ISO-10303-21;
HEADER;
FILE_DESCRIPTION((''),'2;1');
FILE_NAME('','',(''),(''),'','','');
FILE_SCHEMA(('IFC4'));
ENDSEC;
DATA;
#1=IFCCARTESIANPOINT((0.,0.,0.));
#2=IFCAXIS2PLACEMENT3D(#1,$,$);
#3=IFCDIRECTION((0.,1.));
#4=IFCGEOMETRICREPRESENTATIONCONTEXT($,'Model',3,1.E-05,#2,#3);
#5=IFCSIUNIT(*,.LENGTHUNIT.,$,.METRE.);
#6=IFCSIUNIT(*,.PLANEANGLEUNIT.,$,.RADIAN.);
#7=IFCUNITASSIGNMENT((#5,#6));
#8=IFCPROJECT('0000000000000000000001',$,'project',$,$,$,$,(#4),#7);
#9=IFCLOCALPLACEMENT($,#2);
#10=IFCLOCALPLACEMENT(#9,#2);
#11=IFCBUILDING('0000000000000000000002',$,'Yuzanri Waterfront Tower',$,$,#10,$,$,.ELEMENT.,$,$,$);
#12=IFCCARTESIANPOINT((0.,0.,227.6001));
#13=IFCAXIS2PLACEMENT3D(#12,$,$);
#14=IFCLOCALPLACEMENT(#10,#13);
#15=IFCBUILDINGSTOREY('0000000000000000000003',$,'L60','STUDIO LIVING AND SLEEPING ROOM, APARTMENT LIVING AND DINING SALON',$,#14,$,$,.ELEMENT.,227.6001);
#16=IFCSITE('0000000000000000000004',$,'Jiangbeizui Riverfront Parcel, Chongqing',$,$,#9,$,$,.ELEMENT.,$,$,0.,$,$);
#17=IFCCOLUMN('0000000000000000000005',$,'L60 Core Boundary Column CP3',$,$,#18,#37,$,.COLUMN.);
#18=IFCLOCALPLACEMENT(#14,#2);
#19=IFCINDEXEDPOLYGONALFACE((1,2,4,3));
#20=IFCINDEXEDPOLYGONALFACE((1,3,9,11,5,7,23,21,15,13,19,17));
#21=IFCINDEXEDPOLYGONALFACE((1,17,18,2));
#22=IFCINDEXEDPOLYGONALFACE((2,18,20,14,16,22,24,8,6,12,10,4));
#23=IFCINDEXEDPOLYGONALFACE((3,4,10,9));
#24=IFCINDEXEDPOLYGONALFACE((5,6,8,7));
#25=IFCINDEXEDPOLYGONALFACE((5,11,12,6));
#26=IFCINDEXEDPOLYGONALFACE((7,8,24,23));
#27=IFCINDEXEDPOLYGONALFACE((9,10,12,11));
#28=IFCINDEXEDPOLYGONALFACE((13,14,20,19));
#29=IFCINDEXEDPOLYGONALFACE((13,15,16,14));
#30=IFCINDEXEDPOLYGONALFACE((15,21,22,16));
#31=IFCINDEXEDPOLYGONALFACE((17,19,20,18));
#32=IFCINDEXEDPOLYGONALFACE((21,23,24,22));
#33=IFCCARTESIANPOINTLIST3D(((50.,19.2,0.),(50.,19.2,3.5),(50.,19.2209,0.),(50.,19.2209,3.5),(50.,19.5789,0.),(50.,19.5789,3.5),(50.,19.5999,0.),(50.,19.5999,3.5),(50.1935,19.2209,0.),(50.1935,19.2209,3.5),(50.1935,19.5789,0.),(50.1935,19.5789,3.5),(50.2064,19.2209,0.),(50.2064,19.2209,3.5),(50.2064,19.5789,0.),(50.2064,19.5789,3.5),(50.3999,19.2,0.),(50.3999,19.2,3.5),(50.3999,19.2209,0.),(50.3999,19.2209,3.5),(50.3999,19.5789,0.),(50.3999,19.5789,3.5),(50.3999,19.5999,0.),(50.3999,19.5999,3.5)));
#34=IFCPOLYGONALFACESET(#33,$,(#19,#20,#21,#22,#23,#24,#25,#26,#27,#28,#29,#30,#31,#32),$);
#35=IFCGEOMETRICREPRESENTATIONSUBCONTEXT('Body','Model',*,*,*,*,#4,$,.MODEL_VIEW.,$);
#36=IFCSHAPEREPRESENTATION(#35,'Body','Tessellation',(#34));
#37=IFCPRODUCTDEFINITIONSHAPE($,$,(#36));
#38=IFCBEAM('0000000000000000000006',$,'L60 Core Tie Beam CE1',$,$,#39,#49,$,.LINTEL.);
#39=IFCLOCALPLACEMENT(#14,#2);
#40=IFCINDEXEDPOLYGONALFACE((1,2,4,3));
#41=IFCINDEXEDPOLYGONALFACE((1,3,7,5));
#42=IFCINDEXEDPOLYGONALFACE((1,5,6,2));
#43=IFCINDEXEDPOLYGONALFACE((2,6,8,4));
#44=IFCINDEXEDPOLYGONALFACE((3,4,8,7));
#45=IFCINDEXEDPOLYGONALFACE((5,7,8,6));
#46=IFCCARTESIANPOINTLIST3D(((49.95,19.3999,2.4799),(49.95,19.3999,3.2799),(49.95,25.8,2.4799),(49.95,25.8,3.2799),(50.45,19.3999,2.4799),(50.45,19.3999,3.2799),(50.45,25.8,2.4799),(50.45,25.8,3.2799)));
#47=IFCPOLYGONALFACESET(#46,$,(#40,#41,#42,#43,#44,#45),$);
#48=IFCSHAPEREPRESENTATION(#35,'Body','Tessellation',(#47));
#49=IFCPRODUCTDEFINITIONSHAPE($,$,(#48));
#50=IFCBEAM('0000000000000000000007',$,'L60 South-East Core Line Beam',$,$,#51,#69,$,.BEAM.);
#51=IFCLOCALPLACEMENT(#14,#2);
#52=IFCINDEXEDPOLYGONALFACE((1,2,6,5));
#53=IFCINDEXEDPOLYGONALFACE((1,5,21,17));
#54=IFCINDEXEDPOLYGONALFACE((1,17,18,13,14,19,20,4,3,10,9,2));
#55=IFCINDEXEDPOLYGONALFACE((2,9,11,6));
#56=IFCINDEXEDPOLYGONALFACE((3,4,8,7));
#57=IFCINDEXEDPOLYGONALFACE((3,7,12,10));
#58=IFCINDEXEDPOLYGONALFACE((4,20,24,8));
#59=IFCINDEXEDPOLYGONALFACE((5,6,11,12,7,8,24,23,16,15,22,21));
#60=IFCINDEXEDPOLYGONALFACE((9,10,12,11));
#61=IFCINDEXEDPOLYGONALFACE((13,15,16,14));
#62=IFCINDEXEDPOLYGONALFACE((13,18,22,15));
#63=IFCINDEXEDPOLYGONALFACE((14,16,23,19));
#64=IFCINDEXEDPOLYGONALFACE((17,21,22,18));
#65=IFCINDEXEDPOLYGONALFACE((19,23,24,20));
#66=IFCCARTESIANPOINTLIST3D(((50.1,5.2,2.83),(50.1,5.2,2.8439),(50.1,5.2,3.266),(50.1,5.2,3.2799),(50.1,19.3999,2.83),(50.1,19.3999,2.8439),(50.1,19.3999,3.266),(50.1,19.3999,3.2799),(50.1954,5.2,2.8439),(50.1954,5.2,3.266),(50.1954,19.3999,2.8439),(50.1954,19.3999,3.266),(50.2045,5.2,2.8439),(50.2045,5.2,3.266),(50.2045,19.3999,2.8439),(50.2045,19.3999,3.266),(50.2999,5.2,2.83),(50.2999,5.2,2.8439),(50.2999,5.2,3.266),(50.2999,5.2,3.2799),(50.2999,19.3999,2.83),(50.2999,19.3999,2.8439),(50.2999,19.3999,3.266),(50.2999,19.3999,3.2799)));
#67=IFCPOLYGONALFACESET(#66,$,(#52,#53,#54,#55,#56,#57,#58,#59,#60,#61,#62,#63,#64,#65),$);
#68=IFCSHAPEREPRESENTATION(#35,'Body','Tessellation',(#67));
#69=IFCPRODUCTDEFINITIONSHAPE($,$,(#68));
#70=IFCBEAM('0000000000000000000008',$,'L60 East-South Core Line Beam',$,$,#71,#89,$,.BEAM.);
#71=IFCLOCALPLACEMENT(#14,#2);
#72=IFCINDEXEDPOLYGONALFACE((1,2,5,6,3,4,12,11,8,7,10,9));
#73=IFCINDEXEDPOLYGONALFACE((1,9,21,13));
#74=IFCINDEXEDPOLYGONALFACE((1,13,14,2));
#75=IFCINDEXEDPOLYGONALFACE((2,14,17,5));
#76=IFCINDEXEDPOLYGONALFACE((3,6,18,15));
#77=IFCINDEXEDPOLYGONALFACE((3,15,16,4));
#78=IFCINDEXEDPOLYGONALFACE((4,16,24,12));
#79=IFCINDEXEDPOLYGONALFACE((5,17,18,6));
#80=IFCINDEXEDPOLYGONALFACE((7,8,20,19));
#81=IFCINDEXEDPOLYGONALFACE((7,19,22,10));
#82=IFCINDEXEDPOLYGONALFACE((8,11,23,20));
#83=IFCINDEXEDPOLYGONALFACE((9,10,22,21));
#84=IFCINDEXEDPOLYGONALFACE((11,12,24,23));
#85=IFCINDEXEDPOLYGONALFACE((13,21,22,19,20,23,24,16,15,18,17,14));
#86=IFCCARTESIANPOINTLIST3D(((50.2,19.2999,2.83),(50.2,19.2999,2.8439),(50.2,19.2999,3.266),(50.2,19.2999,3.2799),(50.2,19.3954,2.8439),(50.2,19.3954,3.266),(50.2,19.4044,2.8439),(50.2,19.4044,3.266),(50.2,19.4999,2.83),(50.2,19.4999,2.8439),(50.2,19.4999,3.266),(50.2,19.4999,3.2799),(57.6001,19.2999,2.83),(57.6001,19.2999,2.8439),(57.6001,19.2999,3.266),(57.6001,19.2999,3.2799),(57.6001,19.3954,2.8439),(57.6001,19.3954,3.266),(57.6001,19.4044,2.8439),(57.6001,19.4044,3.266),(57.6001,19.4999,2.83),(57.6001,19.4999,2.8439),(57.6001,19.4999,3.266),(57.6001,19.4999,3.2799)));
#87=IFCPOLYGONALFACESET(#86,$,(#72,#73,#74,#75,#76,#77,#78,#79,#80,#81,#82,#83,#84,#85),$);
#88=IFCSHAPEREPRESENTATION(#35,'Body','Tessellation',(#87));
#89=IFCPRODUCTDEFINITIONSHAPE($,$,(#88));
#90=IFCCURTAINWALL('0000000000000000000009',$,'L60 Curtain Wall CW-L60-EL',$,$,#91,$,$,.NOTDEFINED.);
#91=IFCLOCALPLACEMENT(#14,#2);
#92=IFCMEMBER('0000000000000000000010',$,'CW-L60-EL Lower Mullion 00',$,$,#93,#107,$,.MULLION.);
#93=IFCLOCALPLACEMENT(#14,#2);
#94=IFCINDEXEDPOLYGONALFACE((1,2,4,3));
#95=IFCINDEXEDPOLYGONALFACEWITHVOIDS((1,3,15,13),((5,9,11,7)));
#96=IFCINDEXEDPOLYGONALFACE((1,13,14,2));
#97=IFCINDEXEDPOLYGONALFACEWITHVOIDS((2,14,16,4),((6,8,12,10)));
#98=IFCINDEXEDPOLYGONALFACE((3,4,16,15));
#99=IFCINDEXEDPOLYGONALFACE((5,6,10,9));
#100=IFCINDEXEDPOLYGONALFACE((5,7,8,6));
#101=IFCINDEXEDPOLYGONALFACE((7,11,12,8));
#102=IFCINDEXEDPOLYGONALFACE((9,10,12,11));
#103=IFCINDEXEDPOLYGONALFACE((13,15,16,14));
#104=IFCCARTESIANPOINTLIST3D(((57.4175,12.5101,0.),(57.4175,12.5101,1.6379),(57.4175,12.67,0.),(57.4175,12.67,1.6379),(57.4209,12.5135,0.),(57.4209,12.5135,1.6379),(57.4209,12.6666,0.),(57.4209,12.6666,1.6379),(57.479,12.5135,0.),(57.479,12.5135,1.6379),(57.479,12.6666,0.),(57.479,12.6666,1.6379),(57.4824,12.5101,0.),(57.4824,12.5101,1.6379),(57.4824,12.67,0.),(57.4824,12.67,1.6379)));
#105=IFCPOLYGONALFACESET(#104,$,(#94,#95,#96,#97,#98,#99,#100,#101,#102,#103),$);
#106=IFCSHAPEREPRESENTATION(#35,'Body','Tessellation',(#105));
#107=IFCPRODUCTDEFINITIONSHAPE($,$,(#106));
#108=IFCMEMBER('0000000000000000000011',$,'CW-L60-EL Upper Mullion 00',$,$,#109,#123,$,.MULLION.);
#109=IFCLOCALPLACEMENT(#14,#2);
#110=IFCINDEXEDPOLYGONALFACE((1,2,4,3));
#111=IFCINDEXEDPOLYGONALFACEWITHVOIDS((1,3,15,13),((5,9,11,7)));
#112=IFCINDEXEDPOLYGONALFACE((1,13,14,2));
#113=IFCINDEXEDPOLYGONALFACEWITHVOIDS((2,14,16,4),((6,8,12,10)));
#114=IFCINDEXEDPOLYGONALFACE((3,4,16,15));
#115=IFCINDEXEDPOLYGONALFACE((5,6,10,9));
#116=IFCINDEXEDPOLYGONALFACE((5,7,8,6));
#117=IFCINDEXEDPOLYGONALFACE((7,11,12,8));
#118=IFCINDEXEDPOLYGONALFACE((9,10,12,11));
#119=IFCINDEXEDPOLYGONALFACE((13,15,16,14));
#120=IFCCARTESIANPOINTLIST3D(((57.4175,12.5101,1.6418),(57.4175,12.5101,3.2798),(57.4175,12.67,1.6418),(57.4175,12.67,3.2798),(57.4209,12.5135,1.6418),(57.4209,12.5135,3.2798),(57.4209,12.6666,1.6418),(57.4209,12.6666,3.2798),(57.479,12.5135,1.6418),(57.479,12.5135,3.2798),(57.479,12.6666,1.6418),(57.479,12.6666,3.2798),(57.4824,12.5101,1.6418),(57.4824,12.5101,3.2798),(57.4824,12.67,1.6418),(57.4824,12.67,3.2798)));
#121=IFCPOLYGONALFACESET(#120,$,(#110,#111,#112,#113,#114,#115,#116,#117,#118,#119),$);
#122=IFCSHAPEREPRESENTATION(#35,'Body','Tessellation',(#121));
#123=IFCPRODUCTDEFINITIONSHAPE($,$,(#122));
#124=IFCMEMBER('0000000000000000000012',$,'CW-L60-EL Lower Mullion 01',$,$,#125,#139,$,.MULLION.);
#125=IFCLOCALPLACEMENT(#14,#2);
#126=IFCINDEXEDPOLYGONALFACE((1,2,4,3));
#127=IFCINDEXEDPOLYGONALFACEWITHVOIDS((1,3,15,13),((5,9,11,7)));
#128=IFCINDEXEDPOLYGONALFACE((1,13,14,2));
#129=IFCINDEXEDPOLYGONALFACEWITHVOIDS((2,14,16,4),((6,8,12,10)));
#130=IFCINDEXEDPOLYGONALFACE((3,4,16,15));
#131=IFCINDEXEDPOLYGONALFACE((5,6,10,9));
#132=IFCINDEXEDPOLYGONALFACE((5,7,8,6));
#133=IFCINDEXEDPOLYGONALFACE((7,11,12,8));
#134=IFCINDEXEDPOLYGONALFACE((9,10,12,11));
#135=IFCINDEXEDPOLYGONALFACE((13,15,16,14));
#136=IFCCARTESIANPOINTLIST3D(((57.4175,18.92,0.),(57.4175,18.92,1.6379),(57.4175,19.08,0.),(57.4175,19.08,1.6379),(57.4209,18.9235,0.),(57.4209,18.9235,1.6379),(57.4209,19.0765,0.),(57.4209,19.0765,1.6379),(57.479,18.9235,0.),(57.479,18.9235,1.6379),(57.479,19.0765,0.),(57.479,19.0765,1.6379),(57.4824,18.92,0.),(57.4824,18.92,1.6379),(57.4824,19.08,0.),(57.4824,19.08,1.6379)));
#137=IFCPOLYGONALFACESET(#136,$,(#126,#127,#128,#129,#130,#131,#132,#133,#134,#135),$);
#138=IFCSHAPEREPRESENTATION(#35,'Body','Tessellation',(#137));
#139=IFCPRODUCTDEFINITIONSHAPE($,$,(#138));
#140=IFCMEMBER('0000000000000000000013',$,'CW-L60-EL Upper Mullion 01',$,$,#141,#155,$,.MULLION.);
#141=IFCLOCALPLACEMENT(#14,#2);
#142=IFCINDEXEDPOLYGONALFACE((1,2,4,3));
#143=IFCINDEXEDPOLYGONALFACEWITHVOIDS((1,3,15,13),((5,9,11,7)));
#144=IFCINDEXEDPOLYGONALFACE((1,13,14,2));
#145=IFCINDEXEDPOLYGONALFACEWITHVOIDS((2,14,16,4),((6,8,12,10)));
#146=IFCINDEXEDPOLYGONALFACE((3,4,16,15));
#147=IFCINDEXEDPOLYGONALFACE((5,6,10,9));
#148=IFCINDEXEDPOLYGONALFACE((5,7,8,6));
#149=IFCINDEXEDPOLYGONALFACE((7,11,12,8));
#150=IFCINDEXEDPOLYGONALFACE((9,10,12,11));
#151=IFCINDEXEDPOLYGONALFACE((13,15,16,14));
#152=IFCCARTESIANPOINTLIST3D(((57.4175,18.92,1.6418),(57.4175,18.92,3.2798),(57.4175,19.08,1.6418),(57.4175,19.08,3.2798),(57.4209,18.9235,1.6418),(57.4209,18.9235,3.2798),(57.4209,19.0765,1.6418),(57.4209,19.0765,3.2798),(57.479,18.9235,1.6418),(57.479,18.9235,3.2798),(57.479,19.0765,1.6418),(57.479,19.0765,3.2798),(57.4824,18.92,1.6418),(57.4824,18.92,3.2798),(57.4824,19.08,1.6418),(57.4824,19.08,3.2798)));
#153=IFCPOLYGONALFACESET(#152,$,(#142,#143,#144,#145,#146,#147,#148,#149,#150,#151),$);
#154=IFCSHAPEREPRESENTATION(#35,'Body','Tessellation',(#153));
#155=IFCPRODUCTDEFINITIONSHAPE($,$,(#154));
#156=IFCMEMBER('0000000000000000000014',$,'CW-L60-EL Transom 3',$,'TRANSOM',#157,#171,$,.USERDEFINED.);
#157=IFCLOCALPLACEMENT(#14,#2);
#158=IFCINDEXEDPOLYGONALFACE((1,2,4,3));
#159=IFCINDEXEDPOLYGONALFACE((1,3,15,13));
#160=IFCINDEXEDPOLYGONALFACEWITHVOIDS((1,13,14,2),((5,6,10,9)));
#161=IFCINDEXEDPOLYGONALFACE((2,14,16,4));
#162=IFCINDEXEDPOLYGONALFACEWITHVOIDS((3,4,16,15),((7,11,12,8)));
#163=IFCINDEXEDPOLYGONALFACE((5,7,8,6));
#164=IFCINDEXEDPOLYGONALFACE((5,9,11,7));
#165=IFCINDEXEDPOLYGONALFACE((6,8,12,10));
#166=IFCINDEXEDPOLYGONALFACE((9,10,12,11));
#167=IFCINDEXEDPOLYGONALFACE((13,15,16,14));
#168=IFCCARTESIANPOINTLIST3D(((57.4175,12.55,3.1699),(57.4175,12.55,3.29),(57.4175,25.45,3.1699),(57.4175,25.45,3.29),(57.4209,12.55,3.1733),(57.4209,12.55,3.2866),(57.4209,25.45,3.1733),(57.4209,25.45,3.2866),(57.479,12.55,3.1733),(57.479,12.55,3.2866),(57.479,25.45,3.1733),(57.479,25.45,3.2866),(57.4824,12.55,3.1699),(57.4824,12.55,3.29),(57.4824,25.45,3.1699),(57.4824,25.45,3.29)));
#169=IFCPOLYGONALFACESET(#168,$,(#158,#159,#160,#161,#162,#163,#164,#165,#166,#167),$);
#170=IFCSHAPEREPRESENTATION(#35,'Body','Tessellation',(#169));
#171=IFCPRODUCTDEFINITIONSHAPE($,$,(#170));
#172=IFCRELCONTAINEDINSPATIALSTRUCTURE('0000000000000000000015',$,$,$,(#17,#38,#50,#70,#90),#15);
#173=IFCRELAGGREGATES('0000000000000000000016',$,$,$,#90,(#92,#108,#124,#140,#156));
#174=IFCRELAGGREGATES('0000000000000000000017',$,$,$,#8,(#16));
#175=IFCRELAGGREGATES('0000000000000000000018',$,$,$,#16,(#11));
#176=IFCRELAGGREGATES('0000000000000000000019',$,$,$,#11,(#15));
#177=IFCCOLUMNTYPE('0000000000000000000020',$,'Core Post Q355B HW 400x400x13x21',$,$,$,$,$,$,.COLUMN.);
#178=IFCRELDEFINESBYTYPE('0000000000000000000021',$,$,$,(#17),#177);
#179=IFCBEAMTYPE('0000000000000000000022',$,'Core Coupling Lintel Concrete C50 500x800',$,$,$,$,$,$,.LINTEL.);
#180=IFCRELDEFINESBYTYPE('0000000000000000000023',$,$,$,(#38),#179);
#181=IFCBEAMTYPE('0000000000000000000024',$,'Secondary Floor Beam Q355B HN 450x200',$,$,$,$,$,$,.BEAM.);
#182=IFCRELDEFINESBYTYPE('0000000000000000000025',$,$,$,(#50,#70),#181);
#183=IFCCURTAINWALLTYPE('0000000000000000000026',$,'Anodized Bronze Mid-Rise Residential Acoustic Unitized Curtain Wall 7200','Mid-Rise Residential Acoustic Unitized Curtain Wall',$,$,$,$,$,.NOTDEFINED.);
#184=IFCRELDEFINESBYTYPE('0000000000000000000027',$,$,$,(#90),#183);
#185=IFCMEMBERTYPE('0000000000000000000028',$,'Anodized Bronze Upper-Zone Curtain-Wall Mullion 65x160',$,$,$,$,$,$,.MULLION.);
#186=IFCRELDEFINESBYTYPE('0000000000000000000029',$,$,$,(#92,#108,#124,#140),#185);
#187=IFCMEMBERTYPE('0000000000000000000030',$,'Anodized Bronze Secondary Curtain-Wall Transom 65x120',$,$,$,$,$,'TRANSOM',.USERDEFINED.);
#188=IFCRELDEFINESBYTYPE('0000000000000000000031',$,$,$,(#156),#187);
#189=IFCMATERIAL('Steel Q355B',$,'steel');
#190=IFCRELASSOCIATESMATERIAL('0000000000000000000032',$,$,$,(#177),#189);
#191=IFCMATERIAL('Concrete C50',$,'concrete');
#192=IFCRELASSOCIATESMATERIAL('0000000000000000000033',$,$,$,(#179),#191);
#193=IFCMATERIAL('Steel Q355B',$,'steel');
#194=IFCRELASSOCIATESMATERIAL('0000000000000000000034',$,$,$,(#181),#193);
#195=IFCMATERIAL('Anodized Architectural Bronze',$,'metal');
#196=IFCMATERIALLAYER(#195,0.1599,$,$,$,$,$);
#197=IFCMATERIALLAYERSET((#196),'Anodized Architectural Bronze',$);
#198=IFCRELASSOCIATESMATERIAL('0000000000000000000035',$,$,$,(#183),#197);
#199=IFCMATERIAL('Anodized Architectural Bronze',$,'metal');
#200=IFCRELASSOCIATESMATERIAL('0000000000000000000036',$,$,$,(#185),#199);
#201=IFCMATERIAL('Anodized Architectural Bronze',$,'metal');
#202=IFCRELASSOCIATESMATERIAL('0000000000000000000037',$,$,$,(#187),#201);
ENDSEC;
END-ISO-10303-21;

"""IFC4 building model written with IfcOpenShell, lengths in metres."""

from ifc_helpers import new_model, si_unit, direction, frame, origin, origin_2d, place, context, subcontext, project, spatial, rectangle, hollow_rectangle, i_section, extrude, source, transform, mapped, material, layer, layer_set, material_profile, profile_set, type_object, element, aggregate, save


model = new_model("IFC4")

# Units and contexts
model_context = context("Model", 3, precision=1e-05, world=origin(), true_north=direction((0.0, 1.0)))
body_context = subcontext(model_context, "Body", "Model", "MODEL_VIEW")
ifc_project = project(units=[si_unit("LENGTHUNIT", "METRE"), si_unit("PLANEANGLEUNIT", "RADIAN")], contexts=[model_context])

# Site, building, storey
site_placement = place(None, origin())
site = spatial("IfcSite", under=ifc_project, at=site_placement, Name="Jiangbeizui Riverfront Parcel, Chongqing", CompositionType="ELEMENT", RefElevation=0.0)
building_placement = place(site_placement, origin())
building = spatial("IfcBuilding", under=site, at=building_placement, Name="Yuzanri Waterfront Tower", CompositionType="ELEMENT")
storey_placement = place(building_placement, frame((0.0, 0.0, 227.6001)))
storey = spatial("IfcBuildingStorey", under=building, at=storey_placement, Name="L60", Description="STUDIO LIVING AND SLEEPING ROOM, APARTMENT LIVING AND DINING SALON", CompositionType="ELEMENT", Elevation=227.6001)

# Column
ifc_material_1 = material(Name="Steel Q355B", Category="steel")
ifc_material_profile_1 = material_profile(ifc_material_1, i_section(OverallWidth=0.3999, OverallDepth=0.3999, WebThickness=0.0129, FlangeThickness=0.021, at=origin_2d()), Name="HW 400x400x13x21")
ifc_profile_set_1 = profile_set([ifc_material_profile_1], Name="Steel Q355B")
column_type = type_object("IfcColumnType", Name="Core Post Q355B HW 400x400x13x21", PredefinedType="COLUMN", material=ifc_profile_set_1)
shared_shape_1 = source(origin(), body_context, "Body", "SweptSolid", [
    extrude(i_section(OverallWidth=0.3999, OverallDepth=0.3999, WebThickness=0.0129, FlangeThickness=0.021, at=origin_2d()), origin(), (0.0, 0.0, 1.0), 3.5),
])
column_placement = place(storey_placement, frame((50.2, 19.3999, 0.0), z_axis=(0.0, 0.0, 1.0), x_axis=(1.0, 0.0, 0.0)))
element("IfcColumn", 1, at=column_placement, inside=storey, type_object=column_type, Name="L60 Core Boundary Column CP3", PredefinedType="COLUMN", context=body_context, shape_type="MappedRepresentation", body=[
    mapped(shared_shape_1, transform((0.0, 0.0, 0.0), scale=1.0)),
])

# Beams
ifc_material_2 = material(Name="Concrete C50", Category="concrete")
ifc_material_profile_2 = material_profile(ifc_material_2, rectangle(XDim=0.5, YDim=0.8, at=origin_2d()), Name="RC 500x800")
ifc_profile_set_2 = profile_set([ifc_material_profile_2], Name="Concrete C50")
beam_type_1 = type_object("IfcBeamType", Name="Core Coupling Lintel Concrete C50 500x800", PredefinedType="LINTEL", material=ifc_profile_set_2)
shared_shape_2 = source(origin(), body_context, "Body", "SweptSolid", [
    extrude(rectangle(XDim=0.5, YDim=0.8, at=origin_2d()), origin(), (0.0, 0.0, 1.0), 6.4001),
])
beam_1_placement = place(storey_placement, frame((50.2, 19.3999, 2.8799), z_axis=(0.0, 1.0, 0.0), x_axis=(-1.0, 0.0, 0.0)))
element("IfcBeam", 2, at=beam_1_placement, inside=storey, type_object=beam_type_1, Name="L60 Core Tie Beam CE1", PredefinedType="LINTEL", context=body_context, shape_type="MappedRepresentation", body=[
    mapped(shared_shape_2, transform((0.0, 0.0, 0.0), scale=1.0)),
])
ifc_material_3 = material(Name="Steel Q355B", Category="steel")
ifc_material_profile_3 = material_profile(ifc_material_3, i_section(OverallWidth=0.2, OverallDepth=0.45, WebThickness=0.009, FlangeThickness=0.0139, at=origin_2d()), Name="HN 450x200x9x14")
ifc_profile_set_3 = profile_set([ifc_material_profile_3], Name="Steel Q355B")
beam_type_2 = type_object("IfcBeamType", Name="Secondary Floor Beam Q355B HN 450x200", PredefinedType="BEAM", material=ifc_profile_set_3)
shared_shape_3 = source(origin(), body_context, "Body", "SweptSolid", [
    extrude(i_section(OverallWidth=0.2, OverallDepth=0.45, WebThickness=0.009, FlangeThickness=0.0139, at=origin_2d()), origin(), (0.0, 0.0, 1.0), 14.2),
])
beam_2_placement = place(storey_placement, frame((50.2, 19.3999, 3.0549), z_axis=(0.0, -1.0, 0.0), x_axis=(1.0, 0.0, 0.0)))
element("IfcBeam", 3, at=beam_2_placement, inside=storey, type_object=beam_type_2, Name="L60 South-East Core Line Beam", PredefinedType="BEAM", context=body_context, shape_type="MappedRepresentation", body=[
    mapped(shared_shape_3, transform((0.0, 0.0, 0.0), scale=1.0)),
])
shared_shape_4 = source(origin(), body_context, "Body", "SweptSolid", [
    extrude(i_section(OverallWidth=0.2, OverallDepth=0.45, WebThickness=0.009, FlangeThickness=0.0139, at=origin_2d()), origin(), (0.0, 0.0, 1.0), 7.4001),
])
beam_3_placement = place(storey_placement, frame((50.2, 19.3999, 3.0549), z_axis=(1.0, 0.0, 0.0), x_axis=(0.0, 1.0, 0.0)))
element("IfcBeam", 4, at=beam_3_placement, inside=storey, type_object=beam_type_2, Name="L60 East-South Core Line Beam", PredefinedType="BEAM", context=body_context, shape_type="MappedRepresentation", body=[
    mapped(shared_shape_4, transform((0.0, 0.0, 0.0), scale=1.0)),
])

# Curtain wall, members
ifc_material_4 = material(Name="Anodized Architectural Bronze", Category="metal")
ifc_layer_1 = layer(ifc_material_4, 0.1599)
ifc_layer_set_1 = layer_set([ifc_layer_1], Name="Anodized Architectural Bronze")
curtain_wall_type = type_object("IfcCurtainWallType", Name="Anodized Bronze Mid-Rise Residential Acoustic Unitized Curtain Wall 7200", Description="Mid-Rise Residential Acoustic Unitized Curtain Wall", PredefinedType="NOTDEFINED", material=ifc_layer_set_1)
curtain_wall_placement = place(storey_placement, origin())
curtain_wall = element("IfcCurtainWall", 5, at=curtain_wall_placement, inside=storey, type_object=curtain_wall_type, Name="L60 Curtain Wall CW-L60-EL", PredefinedType="NOTDEFINED")
ifc_material_5 = material(Name="Anodized Architectural Bronze", Category="metal")
ifc_material_profile_4 = material_profile(ifc_material_5, hollow_rectangle(XDim=0.0649, YDim=0.1599, WallThickness=0.0034, at=origin_2d()), Name="CWM 65x160")
ifc_profile_set_4 = profile_set([ifc_material_profile_4], Name="Anodized Architectural Bronze")
member_type_1 = type_object("IfcMemberType", Name="Anodized Bronze Upper-Zone Curtain-Wall Mullion 65x160", PredefinedType="MULLION", material=ifc_profile_set_4)
shared_shape_5 = source(origin(), body_context, "Body", "SweptSolid", [
    extrude(hollow_rectangle(XDim=0.0649, YDim=0.1599, WallThickness=0.0034, at=origin_2d()), origin(), (0.0, 0.0, 1.0), 1.6379),
])
member_1_placement = place(storey_placement, frame((57.45, 12.5901, 0.0), z_axis=(0.0, 0.0, 1.0), x_axis=(1.0, 0.0, 0.0)))
member_1 = element("IfcMember", 6, at=member_1_placement, type_object=member_type_1, Name="CW-L60-EL Lower Mullion 00", PredefinedType="MULLION", context=body_context, shape_type="MappedRepresentation", body=[
    mapped(shared_shape_5, transform((0.0, 0.0, 0.0), scale=1.0)),
])
member_2_placement = place(storey_placement, frame((57.45, 12.5901, 1.6418), z_axis=(0.0, 0.0, 1.0), x_axis=(1.0, 0.0, 0.0)))
member_2 = element("IfcMember", 7, at=member_2_placement, type_object=member_type_1, Name="CW-L60-EL Upper Mullion 00", PredefinedType="MULLION", context=body_context, shape_type="MappedRepresentation", body=[
    mapped(shared_shape_5, transform((0.0, 0.0, 0.0), scale=1.0)),
])
member_3_placement = place(storey_placement, frame((57.45, 19.0, 0.0), z_axis=(0.0, 0.0, 1.0), x_axis=(1.0, 0.0, 0.0)))
member_3 = element("IfcMember", 8, at=member_3_placement, type_object=member_type_1, Name="CW-L60-EL Lower Mullion 01", PredefinedType="MULLION", context=body_context, shape_type="MappedRepresentation", body=[
    mapped(shared_shape_5, transform((0.0, 0.0, 0.0), scale=1.0)),
])
member_4_placement = place(storey_placement, frame((57.45, 19.0, 1.6418), z_axis=(0.0, 0.0, 1.0), x_axis=(1.0, 0.0, 0.0)))
member_4 = element("IfcMember", 9, at=member_4_placement, type_object=member_type_1, Name="CW-L60-EL Upper Mullion 01", PredefinedType="MULLION", context=body_context, shape_type="MappedRepresentation", body=[
    mapped(shared_shape_5, transform((0.0, 0.0, 0.0), scale=1.0)),
])
ifc_material_6 = material(Name="Anodized Architectural Bronze", Category="metal")
ifc_material_profile_5 = material_profile(ifc_material_6, hollow_rectangle(XDim=0.0649, YDim=0.1201, WallThickness=0.0034, at=origin_2d()), Name="CWT 65x120")
ifc_profile_set_5 = profile_set([ifc_material_profile_5], Name="Anodized Architectural Bronze")
member_type_2 = type_object("IfcMemberType", Name="Anodized Bronze Secondary Curtain-Wall Transom 65x120", ElementType="TRANSOM", PredefinedType="USERDEFINED", material=ifc_profile_set_5)
shared_shape_6 = source(origin(), body_context, "Body", "SweptSolid", [
    extrude(hollow_rectangle(XDim=0.0649, YDim=0.1201, WallThickness=0.0034, at=origin_2d()), origin(), (0.0, 0.0, 1.0), 12.8999),
])
member_5_placement = place(storey_placement, frame((57.45, 12.55, 3.23), z_axis=(0.0, 1.0, 0.0), x_axis=(-1.0, 0.0, 0.0)))
member_5 = element("IfcMember", 10, at=member_5_placement, type_object=member_type_2, Name="CW-L60-EL Transom 3", ObjectType="TRANSOM", PredefinedType="USERDEFINED", context=body_context, shape_type="MappedRepresentation", body=[
    mapped(shared_shape_6, transform((0.0, 0.0, 0.0), scale=1.0)),
])
aggregate(curtain_wall, [member_1, member_2, member_3, member_4, member_5])

save(model, "model.ifc")
